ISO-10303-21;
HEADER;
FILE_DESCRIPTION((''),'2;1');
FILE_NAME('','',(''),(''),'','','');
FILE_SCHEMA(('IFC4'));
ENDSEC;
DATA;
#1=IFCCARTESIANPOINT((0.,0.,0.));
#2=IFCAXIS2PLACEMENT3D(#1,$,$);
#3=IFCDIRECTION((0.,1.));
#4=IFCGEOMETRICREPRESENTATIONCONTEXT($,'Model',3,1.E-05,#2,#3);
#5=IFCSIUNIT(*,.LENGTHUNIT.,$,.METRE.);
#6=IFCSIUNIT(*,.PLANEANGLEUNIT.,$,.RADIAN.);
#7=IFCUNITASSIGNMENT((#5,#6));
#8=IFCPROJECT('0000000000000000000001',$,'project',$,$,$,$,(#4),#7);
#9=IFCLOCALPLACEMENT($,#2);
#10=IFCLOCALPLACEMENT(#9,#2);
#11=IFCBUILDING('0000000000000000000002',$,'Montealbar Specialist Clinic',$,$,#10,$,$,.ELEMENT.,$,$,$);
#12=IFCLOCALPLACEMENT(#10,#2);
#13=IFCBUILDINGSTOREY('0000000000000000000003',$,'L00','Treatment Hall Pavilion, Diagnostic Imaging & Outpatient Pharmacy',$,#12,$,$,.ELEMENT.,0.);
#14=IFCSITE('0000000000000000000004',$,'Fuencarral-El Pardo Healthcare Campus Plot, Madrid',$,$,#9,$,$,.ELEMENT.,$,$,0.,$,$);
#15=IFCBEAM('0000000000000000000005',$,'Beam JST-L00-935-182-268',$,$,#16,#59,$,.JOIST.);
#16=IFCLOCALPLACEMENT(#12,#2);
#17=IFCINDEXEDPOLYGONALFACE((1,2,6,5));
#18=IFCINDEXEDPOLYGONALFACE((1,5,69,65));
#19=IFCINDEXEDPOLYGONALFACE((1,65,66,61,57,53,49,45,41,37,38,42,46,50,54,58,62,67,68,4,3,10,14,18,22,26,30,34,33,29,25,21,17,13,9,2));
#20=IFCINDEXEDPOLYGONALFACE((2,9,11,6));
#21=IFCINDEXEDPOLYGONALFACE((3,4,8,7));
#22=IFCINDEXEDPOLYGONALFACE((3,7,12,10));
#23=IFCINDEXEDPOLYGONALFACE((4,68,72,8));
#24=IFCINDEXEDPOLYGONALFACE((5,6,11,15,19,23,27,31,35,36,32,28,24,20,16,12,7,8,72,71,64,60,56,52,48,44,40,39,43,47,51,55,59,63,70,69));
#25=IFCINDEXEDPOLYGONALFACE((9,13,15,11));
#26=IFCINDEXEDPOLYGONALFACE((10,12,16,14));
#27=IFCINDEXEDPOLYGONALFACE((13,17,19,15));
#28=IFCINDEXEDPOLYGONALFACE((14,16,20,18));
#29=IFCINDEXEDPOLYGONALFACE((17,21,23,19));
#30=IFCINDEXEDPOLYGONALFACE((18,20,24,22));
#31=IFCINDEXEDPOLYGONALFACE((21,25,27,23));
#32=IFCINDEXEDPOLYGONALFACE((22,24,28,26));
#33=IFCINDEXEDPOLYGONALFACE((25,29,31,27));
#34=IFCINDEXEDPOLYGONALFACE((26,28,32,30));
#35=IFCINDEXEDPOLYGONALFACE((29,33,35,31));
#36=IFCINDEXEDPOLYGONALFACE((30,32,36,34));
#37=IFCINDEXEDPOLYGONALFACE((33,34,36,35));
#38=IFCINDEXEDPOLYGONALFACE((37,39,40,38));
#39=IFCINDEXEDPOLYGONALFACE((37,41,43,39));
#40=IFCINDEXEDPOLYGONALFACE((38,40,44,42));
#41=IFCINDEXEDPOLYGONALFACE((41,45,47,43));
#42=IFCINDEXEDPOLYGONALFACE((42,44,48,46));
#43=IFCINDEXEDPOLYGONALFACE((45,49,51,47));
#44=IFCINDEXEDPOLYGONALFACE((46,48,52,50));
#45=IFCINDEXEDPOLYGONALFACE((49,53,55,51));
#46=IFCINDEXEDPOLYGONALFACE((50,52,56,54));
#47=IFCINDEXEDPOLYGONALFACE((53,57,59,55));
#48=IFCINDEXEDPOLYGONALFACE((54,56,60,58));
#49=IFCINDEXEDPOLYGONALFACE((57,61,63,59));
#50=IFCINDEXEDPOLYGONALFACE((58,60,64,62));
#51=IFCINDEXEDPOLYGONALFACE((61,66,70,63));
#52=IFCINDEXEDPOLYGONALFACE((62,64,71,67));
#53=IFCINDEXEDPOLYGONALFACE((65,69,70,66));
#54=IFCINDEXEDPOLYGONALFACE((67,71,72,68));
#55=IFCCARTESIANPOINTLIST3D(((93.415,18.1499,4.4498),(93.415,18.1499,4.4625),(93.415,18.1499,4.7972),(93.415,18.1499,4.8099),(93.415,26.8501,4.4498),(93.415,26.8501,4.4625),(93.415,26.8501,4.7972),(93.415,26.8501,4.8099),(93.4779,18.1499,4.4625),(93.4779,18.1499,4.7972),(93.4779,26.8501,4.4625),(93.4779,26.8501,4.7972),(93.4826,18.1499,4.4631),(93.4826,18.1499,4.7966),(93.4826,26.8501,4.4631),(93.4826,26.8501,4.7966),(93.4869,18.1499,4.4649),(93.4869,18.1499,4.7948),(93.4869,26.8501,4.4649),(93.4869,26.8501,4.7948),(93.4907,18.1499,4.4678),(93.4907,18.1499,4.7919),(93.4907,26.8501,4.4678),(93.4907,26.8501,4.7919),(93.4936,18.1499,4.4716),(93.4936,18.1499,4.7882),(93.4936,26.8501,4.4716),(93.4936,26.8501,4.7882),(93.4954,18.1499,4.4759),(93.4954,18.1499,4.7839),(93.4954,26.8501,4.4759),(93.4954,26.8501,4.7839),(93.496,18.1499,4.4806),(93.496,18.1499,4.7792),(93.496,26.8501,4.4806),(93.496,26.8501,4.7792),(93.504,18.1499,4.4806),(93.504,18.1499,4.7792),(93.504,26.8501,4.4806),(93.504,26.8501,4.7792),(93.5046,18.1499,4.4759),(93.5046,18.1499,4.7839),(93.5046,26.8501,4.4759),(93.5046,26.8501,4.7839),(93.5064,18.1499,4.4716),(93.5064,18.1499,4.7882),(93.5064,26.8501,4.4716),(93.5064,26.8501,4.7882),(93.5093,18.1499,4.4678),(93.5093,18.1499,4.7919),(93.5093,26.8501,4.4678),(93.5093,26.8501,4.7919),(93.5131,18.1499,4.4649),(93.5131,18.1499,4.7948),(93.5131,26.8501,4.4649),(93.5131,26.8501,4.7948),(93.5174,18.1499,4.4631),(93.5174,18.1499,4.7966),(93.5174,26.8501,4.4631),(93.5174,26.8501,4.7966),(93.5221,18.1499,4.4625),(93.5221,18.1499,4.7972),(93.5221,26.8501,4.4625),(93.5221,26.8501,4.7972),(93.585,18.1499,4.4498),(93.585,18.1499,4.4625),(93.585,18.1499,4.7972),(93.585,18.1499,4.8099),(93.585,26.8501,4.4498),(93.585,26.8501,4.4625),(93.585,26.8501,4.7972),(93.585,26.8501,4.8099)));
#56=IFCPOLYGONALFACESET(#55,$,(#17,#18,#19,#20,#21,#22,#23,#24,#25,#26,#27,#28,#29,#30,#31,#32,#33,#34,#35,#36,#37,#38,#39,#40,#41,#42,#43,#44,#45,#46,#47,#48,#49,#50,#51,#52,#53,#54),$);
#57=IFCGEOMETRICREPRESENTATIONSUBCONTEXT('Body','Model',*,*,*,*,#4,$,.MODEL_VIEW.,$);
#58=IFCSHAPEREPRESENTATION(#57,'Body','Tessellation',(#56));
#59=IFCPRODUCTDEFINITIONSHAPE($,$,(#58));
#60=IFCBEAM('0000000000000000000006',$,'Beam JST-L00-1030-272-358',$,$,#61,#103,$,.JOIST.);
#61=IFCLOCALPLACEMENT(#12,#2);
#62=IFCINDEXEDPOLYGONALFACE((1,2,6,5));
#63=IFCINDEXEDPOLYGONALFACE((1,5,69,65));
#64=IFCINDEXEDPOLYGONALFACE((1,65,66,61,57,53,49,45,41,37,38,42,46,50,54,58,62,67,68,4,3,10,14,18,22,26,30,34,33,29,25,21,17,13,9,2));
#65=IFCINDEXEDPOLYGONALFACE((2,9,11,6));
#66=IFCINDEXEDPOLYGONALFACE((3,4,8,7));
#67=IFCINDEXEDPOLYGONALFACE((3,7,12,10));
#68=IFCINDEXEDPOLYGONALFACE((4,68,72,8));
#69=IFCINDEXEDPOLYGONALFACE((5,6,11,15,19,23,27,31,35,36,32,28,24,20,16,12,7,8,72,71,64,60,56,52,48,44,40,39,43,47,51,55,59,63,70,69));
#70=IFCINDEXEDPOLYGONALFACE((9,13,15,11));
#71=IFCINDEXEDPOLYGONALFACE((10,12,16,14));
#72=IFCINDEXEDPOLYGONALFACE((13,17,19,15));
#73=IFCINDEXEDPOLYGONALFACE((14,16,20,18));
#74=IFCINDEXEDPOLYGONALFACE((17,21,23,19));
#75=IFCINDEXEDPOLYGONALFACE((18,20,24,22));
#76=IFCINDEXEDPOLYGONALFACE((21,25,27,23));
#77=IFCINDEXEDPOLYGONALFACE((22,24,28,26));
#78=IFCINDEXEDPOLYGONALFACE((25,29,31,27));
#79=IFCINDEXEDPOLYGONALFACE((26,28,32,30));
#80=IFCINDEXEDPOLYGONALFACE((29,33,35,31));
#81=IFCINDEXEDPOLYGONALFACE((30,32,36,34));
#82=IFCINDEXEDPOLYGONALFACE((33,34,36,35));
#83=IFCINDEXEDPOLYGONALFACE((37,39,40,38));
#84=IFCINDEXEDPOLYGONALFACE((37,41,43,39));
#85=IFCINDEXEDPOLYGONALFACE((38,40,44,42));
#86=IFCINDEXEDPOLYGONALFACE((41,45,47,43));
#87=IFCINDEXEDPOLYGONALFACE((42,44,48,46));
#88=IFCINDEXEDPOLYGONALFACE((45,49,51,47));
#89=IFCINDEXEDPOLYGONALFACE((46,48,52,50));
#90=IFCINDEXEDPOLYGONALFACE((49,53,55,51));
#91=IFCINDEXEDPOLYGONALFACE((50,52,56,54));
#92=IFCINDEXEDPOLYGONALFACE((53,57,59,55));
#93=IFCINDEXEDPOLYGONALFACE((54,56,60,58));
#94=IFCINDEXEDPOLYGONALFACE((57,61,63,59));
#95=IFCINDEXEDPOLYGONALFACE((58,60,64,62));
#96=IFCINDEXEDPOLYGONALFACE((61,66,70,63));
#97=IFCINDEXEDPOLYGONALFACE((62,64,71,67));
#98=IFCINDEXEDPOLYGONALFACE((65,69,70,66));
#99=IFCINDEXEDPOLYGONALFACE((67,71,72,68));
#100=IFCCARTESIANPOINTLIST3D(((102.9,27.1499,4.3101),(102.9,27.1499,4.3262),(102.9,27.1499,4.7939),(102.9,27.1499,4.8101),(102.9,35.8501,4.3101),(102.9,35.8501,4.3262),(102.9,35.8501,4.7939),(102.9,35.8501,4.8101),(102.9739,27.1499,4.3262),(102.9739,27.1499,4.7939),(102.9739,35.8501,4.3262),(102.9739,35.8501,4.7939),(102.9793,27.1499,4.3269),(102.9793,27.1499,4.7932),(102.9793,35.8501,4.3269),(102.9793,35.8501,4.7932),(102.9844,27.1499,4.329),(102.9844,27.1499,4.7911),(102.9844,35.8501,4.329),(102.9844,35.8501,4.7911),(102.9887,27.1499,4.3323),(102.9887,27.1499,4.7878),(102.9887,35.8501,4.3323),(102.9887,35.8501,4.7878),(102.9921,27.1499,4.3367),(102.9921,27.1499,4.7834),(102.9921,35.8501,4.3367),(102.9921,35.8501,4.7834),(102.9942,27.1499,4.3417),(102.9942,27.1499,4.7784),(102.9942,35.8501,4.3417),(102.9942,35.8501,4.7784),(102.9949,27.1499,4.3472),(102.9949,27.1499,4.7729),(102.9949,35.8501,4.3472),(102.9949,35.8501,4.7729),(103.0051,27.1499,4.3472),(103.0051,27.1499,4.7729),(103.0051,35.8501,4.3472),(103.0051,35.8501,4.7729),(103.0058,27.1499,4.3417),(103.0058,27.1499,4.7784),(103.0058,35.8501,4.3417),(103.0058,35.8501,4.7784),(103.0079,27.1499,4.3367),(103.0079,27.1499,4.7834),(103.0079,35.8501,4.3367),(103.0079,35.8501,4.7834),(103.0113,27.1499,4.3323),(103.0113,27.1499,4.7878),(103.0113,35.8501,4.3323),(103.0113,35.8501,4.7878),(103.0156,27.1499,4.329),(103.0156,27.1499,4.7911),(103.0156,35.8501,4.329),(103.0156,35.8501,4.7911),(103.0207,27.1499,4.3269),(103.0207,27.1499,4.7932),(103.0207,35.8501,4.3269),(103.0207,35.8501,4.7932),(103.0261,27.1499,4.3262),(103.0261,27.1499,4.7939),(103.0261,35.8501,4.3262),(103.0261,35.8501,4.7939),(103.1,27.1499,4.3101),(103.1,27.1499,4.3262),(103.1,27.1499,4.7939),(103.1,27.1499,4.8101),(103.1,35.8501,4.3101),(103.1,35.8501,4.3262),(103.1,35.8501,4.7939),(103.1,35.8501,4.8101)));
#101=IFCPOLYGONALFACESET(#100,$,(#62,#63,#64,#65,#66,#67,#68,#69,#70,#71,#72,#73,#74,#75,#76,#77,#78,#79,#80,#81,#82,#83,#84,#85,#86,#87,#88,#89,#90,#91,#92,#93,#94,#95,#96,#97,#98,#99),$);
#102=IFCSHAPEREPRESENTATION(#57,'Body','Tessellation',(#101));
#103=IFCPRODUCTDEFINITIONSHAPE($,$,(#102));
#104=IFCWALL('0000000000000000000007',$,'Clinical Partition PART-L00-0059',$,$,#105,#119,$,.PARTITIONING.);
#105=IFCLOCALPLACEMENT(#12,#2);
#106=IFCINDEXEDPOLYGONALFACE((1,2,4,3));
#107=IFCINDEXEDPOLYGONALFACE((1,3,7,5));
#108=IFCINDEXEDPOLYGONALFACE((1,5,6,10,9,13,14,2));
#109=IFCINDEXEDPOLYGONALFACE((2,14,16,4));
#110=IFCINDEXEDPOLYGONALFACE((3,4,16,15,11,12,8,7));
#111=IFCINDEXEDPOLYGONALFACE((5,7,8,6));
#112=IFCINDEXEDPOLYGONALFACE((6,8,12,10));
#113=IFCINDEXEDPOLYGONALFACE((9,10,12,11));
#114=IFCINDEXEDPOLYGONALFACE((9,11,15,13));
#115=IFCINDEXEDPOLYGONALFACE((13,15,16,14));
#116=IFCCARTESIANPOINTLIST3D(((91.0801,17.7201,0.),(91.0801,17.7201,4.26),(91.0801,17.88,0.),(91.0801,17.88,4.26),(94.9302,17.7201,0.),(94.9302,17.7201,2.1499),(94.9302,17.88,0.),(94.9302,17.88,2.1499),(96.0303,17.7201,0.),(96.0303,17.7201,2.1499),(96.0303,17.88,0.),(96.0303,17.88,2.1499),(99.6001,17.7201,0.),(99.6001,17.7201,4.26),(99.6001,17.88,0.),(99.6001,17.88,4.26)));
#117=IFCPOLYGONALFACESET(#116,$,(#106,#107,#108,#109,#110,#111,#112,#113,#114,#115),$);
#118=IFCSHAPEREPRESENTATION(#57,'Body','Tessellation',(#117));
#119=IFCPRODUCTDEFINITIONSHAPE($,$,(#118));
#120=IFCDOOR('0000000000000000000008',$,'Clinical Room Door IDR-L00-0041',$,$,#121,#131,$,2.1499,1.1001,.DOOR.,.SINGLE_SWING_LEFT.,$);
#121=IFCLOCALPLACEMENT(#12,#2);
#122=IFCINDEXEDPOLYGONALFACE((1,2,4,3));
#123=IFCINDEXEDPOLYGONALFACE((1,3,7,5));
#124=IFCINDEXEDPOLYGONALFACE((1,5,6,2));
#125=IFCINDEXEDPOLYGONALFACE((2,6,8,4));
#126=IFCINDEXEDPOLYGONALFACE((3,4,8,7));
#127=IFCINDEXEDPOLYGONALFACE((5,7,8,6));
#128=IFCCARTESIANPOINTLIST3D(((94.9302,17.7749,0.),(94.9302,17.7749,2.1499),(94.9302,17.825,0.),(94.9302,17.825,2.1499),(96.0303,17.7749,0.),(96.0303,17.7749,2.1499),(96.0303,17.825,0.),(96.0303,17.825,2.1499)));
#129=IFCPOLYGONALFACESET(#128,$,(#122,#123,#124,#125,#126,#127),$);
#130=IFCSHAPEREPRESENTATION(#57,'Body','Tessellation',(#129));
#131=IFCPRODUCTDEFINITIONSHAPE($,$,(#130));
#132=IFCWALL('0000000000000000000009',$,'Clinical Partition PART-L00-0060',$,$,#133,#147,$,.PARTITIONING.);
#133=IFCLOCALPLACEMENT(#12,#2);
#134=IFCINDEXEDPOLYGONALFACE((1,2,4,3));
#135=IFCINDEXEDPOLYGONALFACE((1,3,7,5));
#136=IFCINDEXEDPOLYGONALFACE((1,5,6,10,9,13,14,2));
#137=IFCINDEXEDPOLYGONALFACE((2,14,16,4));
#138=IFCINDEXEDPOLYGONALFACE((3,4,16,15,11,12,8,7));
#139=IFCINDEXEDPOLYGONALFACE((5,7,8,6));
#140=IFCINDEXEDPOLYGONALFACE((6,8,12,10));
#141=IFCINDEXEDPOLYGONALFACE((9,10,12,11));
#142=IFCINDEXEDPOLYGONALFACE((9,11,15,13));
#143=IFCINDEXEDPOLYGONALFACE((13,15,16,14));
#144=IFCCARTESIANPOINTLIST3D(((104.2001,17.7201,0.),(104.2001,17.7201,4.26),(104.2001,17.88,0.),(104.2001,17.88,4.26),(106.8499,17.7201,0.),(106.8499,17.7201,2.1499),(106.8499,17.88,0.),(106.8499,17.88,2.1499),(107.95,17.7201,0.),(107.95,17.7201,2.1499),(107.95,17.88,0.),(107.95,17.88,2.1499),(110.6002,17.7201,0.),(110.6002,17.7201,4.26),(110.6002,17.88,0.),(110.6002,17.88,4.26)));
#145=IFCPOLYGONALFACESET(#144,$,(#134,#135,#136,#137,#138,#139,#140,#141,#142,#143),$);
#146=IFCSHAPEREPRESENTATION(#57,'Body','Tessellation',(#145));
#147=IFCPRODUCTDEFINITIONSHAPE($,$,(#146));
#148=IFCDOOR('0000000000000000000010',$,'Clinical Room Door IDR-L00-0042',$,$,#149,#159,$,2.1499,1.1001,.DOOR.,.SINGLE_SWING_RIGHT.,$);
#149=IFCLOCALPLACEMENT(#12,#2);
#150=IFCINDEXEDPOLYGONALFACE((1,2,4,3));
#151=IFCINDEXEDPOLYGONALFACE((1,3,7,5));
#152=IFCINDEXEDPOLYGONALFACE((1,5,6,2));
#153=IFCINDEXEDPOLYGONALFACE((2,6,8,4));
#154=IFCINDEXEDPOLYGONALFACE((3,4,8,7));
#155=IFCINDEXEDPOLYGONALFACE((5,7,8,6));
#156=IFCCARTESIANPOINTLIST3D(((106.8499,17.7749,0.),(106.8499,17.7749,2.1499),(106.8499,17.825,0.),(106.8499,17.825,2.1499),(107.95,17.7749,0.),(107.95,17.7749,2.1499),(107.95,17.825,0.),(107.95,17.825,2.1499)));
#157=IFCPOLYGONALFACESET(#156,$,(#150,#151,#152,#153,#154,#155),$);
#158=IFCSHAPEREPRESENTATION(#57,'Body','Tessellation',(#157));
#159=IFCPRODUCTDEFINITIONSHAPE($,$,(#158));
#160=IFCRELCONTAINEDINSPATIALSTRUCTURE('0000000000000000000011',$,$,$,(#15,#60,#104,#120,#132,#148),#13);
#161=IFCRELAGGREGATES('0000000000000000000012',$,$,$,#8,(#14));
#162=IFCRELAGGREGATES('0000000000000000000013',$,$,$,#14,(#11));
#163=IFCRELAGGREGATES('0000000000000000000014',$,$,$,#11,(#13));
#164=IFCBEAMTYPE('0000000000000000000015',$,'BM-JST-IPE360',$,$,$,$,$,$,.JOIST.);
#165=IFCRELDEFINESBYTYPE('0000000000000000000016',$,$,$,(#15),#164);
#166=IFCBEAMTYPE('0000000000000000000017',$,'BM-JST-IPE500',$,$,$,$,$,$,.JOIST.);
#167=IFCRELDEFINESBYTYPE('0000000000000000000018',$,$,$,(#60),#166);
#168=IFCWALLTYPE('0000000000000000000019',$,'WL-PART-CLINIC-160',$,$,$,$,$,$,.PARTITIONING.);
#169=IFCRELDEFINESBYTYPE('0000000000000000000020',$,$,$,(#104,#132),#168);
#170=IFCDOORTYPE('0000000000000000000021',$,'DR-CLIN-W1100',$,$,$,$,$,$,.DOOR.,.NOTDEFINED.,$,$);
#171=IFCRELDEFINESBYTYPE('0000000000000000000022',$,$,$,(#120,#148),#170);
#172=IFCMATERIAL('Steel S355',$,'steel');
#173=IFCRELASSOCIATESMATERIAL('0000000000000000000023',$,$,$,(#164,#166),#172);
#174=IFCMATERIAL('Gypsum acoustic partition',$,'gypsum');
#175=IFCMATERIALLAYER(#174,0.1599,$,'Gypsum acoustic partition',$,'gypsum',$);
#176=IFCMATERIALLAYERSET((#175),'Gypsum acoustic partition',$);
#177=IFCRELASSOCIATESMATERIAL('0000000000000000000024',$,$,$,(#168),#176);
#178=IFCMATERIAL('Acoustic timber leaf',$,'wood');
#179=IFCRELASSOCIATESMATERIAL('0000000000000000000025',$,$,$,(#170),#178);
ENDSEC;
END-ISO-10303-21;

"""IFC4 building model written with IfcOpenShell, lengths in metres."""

from ifc_helpers import new_model, si_unit, direction, frame, frame_2d, origin, origin_2d, place, context, subcontext, project, spatial, rectangle, i_section, extrude, material, layer, layer_set, material_profile, profile_set, type_object, element, fill, save


model = new_model("IFC4")

# Units and contexts
model_context = context("Model", 3, precision=1e-05, world=origin(), true_north=direction((0.0, 1.0)))
body_context = subcontext(model_context, "Body", "Model", "MODEL_VIEW")
ifc_project = project(units=[si_unit("LENGTHUNIT", "METRE"), si_unit("PLANEANGLEUNIT", "RADIAN")], contexts=[model_context])

# Site, building, storey
site_placement = place(None, origin())
site = spatial("IfcSite", under=ifc_project, at=site_placement, Name="Fuencarral-El Pardo Healthcare Campus Plot, Madrid", CompositionType="ELEMENT", RefElevation=0.0)
building_placement = place(site_placement, origin())
building = spatial("IfcBuilding", under=site, at=building_placement, Name="Montealbar Specialist Clinic", CompositionType="ELEMENT")
storey_placement = place(building_placement, origin())
storey = spatial("IfcBuildingStorey", under=building, at=storey_placement, Name="L00", Description="Treatment Hall Pavilion, Diagnostic Imaging & Outpatient Pharmacy", CompositionType="ELEMENT", Elevation=0.0)

# Shared definitions
ifc_material_1 = material(Name="Steel S355", Category="steel")

# Beams
ifc_material_profile_1 = material_profile(ifc_material_1, i_section(OverallWidth=0.1699, OverallDepth=0.3601, WebThickness=0.0081, FlangeThickness=0.0127, FilletRadius=0.0181, at=origin_2d()), Name="IPE 360", Category="steel")
ifc_profile_set_1 = profile_set([ifc_material_profile_1], Name="Steel S355")
beam_type_1 = type_object("IfcBeamType", Name="BM-JST-IPE360", PredefinedType="JOIST", material=ifc_profile_set_1)
beam_1_placement = place(storey_placement, frame((93.5, 18.1499, 4.6299), z_axis=(0.0, 1.0, 0.0), x_axis=(-1.0, 0.0, 0.0)))
element("IfcBeam", 1, at=beam_1_placement, inside=storey, type_object=beam_type_1, Name="Beam JST-L00-935-182-268", PredefinedType="JOIST", context=body_context, shape_type="SweptSolid", body=[
    extrude(i_section(OverallWidth=0.1699, OverallDepth=0.3601, WebThickness=0.0081, FlangeThickness=0.0127, FilletRadius=0.0181, at=origin_2d()), origin(), (0.0, 0.0, 1.0), 8.7002),
])
ifc_material_profile_2 = material_profile(ifc_material_1, i_section(OverallWidth=0.2, OverallDepth=0.5, WebThickness=0.0103, FlangeThickness=0.0161, FilletRadius=0.021, at=origin_2d()), Name="IPE 500", Category="steel")
ifc_profile_set_2 = profile_set([ifc_material_profile_2], Name="Steel S355")
beam_type_2 = type_object("IfcBeamType", Name="BM-JST-IPE500", PredefinedType="JOIST", material=ifc_profile_set_2)
beam_2_placement = place(storey_placement, frame((103.0, 27.1499, 4.5601), z_axis=(0.0, 1.0, 0.0), x_axis=(-1.0, 0.0, 0.0)))
element("IfcBeam", 2, at=beam_2_placement, inside=storey, type_object=beam_type_2, Name="Beam JST-L00-1030-272-358", PredefinedType="JOIST", context=body_context, shape_type="SweptSolid", body=[
    extrude(i_section(OverallWidth=0.2, OverallDepth=0.5, WebThickness=0.0103, FlangeThickness=0.0161, FilletRadius=0.021, at=origin_2d()), origin(), (0.0, 0.0, 1.0), 8.7002),
])

# Walls, openings, doors
ifc_material_2 = material(Name="Gypsum acoustic partition", Category="gypsum")
ifc_layer_1 = layer(ifc_material_2, 0.1599, Name="Gypsum acoustic partition", Category="gypsum")
ifc_layer_set_1 = layer_set([ifc_layer_1], Name="Gypsum acoustic partition")
wall_type_1 = type_object("IfcWallType", Name="WL-PART-CLINIC-160", PredefinedType="PARTITIONING", material=ifc_layer_set_1)
wall_1_placement = place(storey_placement, frame((91.0801, 17.8, 0.0), z_axis=(0.0, 0.0, 1.0), x_axis=(1.0, 0.0, 0.0)))
wall_1 = element("IfcWall", 3, at=wall_1_placement, inside=storey, type_object=wall_type_1, Name="Clinical Partition PART-L00-0059", PredefinedType="PARTITIONING", context=body_context, shape_type="SweptSolid", body=[
    extrude(rectangle(XDim=8.52, YDim=0.1599, at=frame_2d((4.26, 0.0))), origin(), (0.0, 0.0, 1.0), 4.26),
])
opening_1_placement = place(wall_1_placement, frame((3.8501, 0.0, 0.0)))
opening_1 = element("IfcOpeningElement", 4, at=opening_1_placement, cuts=wall_1, PredefinedType="OPENING", context=body_context, shape_type="SweptSolid", body=[
    extrude(rectangle(XDim=1.1001, YDim=2.1499, at=frame_2d((0.55, 1.075))), frame((0.0, 0.0898, 0.0), z_axis=(0.0, -1.0, 0.0), x_axis=(1.0, 0.0, 0.0)), (0.0, 0.0, 1.0), 0.1799),
])
ifc_material_3 = material(Name="Acoustic timber leaf", Category="wood")
door_type_1 = type_object("IfcDoorType", Name="DR-CLIN-W1100", OperationType="NOTDEFINED", PredefinedType="DOOR", material=ifc_material_3)
door_1_placement = place(opening_1_placement, origin())
door_1 = element("IfcDoor", 5, at=door_1_placement, inside=storey, type_object=door_type_1, Name="Clinical Room Door IDR-L00-0041", OperationType="SINGLE_SWING_LEFT", OverallHeight=2.1499, OverallWidth=1.1001, PredefinedType="DOOR", context=body_context, shape_type="SweptSolid", body=[
    extrude(rectangle(XDim=1.1001, YDim=2.1499, at=frame_2d((0.55, 1.075))), frame((0.0, 0.0249, 0.0), z_axis=(0.0, -1.0, 0.0), x_axis=(1.0, 0.0, 0.0)), (0.0, 0.0, 1.0), 0.05),
])
fill(opening_1, door_1)
wall_2_placement = place(storey_placement, frame((104.2, 17.8, 0.0), z_axis=(0.0, 0.0, 1.0), x_axis=(1.0, 0.0, 0.0)))
wall_2 = element("IfcWall", 6, at=wall_2_placement, inside=storey, type_object=wall_type_1, Name="Clinical Partition PART-L00-0060", PredefinedType="PARTITIONING", context=body_context, shape_type="SweptSolid", body=[
    extrude(rectangle(XDim=6.4001, YDim=0.1599, at=frame_2d((3.2002, 0.0))), origin(), (0.0, 0.0, 1.0), 4.26),
])
opening_2_placement = place(wall_2_placement, frame((2.6499, 0.0, 0.0)))
opening_2 = element("IfcOpeningElement", 7, at=opening_2_placement, cuts=wall_2, PredefinedType="OPENING", context=body_context, shape_type="SweptSolid", body=[
    extrude(rectangle(XDim=1.1001, YDim=2.1499, at=frame_2d((0.55, 1.075))), frame((0.0, 0.0898, 0.0), z_axis=(0.0, -1.0, 0.0), x_axis=(1.0, 0.0, 0.0)), (0.0, 0.0, 1.0), 0.1799),
])
door_2_placement = place(opening_2_placement, origin())
door_2 = element("IfcDoor", 8, at=door_2_placement, inside=storey, type_object=door_type_1, Name="Clinical Room Door IDR-L00-0042", OperationType="SINGLE_SWING_RIGHT", OverallHeight=2.1499, OverallWidth=1.1001, PredefinedType="DOOR", context=body_context, shape_type="SweptSolid", body=[
    extrude(rectangle(XDim=1.1001, YDim=2.1499, at=frame_2d((0.55, 1.075))), frame((0.0, 0.0249, 0.0), z_axis=(0.0, -1.0, 0.0), x_axis=(1.0, 0.0, 0.0)), (0.0, 0.0, 1.0), 0.05),
])
fill(opening_2, door_2)

save(model, "model.ifc")
